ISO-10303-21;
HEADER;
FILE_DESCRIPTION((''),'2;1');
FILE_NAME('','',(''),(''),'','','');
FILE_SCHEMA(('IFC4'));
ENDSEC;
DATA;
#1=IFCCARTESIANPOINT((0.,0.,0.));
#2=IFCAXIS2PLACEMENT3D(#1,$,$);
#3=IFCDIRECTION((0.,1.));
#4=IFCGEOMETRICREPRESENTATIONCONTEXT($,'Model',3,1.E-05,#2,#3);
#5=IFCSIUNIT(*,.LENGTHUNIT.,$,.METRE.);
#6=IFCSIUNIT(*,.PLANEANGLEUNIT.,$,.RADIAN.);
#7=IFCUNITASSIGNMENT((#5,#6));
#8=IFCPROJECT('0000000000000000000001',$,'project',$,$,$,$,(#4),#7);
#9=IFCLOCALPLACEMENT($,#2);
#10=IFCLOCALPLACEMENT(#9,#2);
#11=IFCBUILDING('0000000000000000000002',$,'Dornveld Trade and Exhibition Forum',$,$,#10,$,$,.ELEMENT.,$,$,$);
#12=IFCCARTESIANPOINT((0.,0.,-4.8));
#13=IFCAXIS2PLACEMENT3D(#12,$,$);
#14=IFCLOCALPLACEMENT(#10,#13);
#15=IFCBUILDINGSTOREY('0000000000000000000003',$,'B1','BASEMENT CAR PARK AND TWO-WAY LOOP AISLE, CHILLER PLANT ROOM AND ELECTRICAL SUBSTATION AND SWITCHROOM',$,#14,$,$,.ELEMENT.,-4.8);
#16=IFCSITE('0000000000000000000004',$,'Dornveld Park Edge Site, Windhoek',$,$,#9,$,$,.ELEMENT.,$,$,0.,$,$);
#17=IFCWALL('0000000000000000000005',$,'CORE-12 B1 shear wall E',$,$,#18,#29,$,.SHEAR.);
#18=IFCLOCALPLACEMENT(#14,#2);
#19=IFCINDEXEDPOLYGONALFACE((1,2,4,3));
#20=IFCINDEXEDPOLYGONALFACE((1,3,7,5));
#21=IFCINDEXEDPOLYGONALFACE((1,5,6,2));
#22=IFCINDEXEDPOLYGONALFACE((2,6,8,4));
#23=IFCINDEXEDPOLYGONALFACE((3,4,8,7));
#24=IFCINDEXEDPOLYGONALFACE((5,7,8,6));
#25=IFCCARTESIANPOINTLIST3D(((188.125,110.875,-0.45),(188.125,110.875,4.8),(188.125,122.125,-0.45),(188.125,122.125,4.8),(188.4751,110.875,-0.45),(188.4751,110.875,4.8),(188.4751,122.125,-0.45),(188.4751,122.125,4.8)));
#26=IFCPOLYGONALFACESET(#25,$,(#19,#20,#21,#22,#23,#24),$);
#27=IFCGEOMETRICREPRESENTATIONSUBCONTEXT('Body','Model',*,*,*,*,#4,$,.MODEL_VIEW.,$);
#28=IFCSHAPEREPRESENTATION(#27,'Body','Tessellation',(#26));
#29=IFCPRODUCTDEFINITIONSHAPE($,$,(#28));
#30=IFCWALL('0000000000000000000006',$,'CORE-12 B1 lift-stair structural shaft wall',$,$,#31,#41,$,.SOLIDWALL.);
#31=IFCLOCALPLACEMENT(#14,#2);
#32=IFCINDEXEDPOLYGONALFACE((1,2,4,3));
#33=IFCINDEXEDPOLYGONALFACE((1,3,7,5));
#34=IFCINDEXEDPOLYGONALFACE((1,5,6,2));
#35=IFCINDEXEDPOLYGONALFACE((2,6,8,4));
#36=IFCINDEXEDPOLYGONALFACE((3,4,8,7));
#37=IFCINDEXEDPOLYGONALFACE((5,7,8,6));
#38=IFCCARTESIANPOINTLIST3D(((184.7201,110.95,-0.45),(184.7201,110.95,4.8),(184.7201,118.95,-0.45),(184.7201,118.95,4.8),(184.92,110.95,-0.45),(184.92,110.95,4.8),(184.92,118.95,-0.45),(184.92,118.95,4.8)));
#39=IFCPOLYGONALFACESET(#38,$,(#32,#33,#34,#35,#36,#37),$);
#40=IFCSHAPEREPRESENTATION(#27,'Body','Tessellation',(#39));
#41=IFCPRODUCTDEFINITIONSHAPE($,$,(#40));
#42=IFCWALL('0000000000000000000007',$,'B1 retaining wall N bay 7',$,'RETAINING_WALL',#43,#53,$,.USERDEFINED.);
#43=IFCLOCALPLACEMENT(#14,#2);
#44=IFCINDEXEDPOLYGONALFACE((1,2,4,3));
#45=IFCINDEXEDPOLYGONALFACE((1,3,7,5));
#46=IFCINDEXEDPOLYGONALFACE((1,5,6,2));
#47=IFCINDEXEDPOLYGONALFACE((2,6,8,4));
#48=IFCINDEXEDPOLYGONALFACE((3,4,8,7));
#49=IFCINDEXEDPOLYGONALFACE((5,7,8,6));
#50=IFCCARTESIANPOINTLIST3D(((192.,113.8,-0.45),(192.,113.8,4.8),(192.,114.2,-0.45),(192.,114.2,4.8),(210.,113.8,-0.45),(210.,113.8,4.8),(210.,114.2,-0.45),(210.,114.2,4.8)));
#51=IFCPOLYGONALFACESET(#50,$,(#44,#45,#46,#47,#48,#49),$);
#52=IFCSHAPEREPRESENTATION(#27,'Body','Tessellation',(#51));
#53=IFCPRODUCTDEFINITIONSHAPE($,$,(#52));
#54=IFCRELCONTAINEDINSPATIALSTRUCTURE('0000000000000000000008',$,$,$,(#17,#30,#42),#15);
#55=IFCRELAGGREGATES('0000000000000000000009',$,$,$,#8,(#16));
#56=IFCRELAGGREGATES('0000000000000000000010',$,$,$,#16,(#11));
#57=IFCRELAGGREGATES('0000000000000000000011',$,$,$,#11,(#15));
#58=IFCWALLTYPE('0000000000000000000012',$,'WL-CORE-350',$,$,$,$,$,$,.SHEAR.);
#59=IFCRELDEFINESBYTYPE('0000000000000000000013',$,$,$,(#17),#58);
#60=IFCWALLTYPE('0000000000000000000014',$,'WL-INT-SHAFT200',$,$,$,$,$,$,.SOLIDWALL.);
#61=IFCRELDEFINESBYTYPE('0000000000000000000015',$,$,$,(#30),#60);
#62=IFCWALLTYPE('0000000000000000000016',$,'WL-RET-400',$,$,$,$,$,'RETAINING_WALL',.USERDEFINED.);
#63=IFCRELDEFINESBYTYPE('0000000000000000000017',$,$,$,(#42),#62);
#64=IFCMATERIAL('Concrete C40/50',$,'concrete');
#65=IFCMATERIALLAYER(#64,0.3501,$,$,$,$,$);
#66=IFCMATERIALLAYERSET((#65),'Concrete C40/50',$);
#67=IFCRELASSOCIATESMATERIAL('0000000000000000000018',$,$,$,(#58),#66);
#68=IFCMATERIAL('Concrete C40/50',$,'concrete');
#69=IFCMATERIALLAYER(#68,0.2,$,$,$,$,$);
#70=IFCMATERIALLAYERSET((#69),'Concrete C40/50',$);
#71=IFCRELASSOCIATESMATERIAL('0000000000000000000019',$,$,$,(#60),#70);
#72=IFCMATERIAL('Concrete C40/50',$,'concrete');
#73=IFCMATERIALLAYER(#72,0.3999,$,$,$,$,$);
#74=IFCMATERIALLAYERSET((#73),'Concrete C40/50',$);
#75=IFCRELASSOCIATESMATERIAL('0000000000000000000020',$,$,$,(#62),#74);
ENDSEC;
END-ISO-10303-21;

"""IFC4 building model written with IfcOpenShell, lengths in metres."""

from ifc_helpers import new_model, si_unit, direction, frame, frame_2d, origin, place, context, subcontext, project, spatial, rectangle, extrude, material, layer, layer_set, type_object, element, save


model = new_model("IFC4")

# Units and contexts
model_context = context("Model", 3, precision=1e-05, world=origin(), true_north=direction((0.0, 1.0)))
body_context = subcontext(model_context, "Body", "Model", "MODEL_VIEW")
ifc_project = project(units=[si_unit("LENGTHUNIT", "METRE"), si_unit("PLANEANGLEUNIT", "RADIAN")], contexts=[model_context])

# Site, building, storey
site_placement = place(None, origin())
site = spatial("IfcSite", under=ifc_project, at=site_placement, Name="Dornveld Park Edge Site, Windhoek", CompositionType="ELEMENT", RefElevation=0.0)
building_placement = place(site_placement, origin())
building = spatial("IfcBuilding", under=site, at=building_placement, Name="Dornveld Trade and Exhibition Forum", CompositionType="ELEMENT")
storey_placement = place(building_placement, frame((0.0, 0.0, -4.8)))
storey = spatial("IfcBuildingStorey", under=building, at=storey_placement, Name="B1", Description="BASEMENT CAR PARK AND TWO-WAY LOOP AISLE, CHILLER PLANT ROOM AND ELECTRICAL SUBSTATION AND SWITCHROOM", CompositionType="ELEMENT", Elevation=-4.8)

# Walls
ifc_material_1 = material(Name="Concrete C40/50", Category="concrete")
ifc_layer_1 = layer(ifc_material_1, 0.3501)
ifc_layer_set_1 = layer_set([ifc_layer_1], Name="Concrete C40/50")
wall_type_1 = type_object("IfcWallType", Name="WL-CORE-350", PredefinedType="SHEAR", material=ifc_layer_set_1)
wall_1_placement = place(storey_placement, frame((188.3, 110.875, -0.45), z_axis=(0.0, 0.0, 1.0), x_axis=(0.0, 1.0, 0.0)))
element("IfcWall", 1, at=wall_1_placement, inside=storey, type_object=wall_type_1, Name="CORE-12 B1 shear wall E", PredefinedType="SHEAR", context=body_context, shape_type="SweptSolid", body=[
    extrude(rectangle(XDim=11.25, YDim=0.3501, at=frame_2d((5.625, 0.0))), origin(), (0.0, 0.0, 1.0), 5.25),
])
ifc_material_2 = material(Name="Concrete C40/50", Category="concrete")
ifc_layer_2 = layer(ifc_material_2, 0.2)
ifc_layer_set_2 = layer_set([ifc_layer_2], Name="Concrete C40/50")
wall_type_2 = type_object("IfcWallType", Name="WL-INT-SHAFT200", PredefinedType="SOLIDWALL", material=ifc_layer_set_2)
wall_2_placement = place(storey_placement, frame((184.8201, 110.95, -0.45), z_axis=(0.0, 0.0, 1.0), x_axis=(0.0, 1.0, 0.0)))
element("IfcWall", 2, at=wall_2_placement, inside=storey, type_object=wall_type_2, Name="CORE-12 B1 lift-stair structural shaft wall", PredefinedType="SOLIDWALL", context=body_context, shape_type="SweptSolid", body=[
    extrude(rectangle(XDim=8.0, YDim=0.2, at=frame_2d((4.0, 0.0))), origin(), (0.0, 0.0, 1.0), 5.25),
])
ifc_material_3 = material(Name="Concrete C40/50", Category="concrete")
ifc_layer_3 = layer(ifc_material_3, 0.3999)
ifc_layer_set_3 = layer_set([ifc_layer_3], Name="Concrete C40/50")
wall_type_3 = type_object("IfcWallType", Name="WL-RET-400", ElementType="RETAINING_WALL", PredefinedType="USERDEFINED", material=ifc_layer_set_3)
wall_3_placement = place(storey_placement, frame((192.0, 114.0, -0.45), z_axis=(0.0, 0.0, 1.0), x_axis=(1.0, 0.0, 0.0)))
element("IfcWall", 3, at=wall_3_placement, inside=storey, type_object=wall_type_3, Name="B1 retaining wall N bay 7", ObjectType="RETAINING_WALL", PredefinedType="USERDEFINED", context=body_context, shape_type="SweptSolid", body=[
    extrude(rectangle(XDim=18.0, YDim=0.3999, at=frame_2d((9.0, 0.0))), origin(), (0.0, 0.0, 1.0), 5.25),
])

save(model, "model.ifc")
